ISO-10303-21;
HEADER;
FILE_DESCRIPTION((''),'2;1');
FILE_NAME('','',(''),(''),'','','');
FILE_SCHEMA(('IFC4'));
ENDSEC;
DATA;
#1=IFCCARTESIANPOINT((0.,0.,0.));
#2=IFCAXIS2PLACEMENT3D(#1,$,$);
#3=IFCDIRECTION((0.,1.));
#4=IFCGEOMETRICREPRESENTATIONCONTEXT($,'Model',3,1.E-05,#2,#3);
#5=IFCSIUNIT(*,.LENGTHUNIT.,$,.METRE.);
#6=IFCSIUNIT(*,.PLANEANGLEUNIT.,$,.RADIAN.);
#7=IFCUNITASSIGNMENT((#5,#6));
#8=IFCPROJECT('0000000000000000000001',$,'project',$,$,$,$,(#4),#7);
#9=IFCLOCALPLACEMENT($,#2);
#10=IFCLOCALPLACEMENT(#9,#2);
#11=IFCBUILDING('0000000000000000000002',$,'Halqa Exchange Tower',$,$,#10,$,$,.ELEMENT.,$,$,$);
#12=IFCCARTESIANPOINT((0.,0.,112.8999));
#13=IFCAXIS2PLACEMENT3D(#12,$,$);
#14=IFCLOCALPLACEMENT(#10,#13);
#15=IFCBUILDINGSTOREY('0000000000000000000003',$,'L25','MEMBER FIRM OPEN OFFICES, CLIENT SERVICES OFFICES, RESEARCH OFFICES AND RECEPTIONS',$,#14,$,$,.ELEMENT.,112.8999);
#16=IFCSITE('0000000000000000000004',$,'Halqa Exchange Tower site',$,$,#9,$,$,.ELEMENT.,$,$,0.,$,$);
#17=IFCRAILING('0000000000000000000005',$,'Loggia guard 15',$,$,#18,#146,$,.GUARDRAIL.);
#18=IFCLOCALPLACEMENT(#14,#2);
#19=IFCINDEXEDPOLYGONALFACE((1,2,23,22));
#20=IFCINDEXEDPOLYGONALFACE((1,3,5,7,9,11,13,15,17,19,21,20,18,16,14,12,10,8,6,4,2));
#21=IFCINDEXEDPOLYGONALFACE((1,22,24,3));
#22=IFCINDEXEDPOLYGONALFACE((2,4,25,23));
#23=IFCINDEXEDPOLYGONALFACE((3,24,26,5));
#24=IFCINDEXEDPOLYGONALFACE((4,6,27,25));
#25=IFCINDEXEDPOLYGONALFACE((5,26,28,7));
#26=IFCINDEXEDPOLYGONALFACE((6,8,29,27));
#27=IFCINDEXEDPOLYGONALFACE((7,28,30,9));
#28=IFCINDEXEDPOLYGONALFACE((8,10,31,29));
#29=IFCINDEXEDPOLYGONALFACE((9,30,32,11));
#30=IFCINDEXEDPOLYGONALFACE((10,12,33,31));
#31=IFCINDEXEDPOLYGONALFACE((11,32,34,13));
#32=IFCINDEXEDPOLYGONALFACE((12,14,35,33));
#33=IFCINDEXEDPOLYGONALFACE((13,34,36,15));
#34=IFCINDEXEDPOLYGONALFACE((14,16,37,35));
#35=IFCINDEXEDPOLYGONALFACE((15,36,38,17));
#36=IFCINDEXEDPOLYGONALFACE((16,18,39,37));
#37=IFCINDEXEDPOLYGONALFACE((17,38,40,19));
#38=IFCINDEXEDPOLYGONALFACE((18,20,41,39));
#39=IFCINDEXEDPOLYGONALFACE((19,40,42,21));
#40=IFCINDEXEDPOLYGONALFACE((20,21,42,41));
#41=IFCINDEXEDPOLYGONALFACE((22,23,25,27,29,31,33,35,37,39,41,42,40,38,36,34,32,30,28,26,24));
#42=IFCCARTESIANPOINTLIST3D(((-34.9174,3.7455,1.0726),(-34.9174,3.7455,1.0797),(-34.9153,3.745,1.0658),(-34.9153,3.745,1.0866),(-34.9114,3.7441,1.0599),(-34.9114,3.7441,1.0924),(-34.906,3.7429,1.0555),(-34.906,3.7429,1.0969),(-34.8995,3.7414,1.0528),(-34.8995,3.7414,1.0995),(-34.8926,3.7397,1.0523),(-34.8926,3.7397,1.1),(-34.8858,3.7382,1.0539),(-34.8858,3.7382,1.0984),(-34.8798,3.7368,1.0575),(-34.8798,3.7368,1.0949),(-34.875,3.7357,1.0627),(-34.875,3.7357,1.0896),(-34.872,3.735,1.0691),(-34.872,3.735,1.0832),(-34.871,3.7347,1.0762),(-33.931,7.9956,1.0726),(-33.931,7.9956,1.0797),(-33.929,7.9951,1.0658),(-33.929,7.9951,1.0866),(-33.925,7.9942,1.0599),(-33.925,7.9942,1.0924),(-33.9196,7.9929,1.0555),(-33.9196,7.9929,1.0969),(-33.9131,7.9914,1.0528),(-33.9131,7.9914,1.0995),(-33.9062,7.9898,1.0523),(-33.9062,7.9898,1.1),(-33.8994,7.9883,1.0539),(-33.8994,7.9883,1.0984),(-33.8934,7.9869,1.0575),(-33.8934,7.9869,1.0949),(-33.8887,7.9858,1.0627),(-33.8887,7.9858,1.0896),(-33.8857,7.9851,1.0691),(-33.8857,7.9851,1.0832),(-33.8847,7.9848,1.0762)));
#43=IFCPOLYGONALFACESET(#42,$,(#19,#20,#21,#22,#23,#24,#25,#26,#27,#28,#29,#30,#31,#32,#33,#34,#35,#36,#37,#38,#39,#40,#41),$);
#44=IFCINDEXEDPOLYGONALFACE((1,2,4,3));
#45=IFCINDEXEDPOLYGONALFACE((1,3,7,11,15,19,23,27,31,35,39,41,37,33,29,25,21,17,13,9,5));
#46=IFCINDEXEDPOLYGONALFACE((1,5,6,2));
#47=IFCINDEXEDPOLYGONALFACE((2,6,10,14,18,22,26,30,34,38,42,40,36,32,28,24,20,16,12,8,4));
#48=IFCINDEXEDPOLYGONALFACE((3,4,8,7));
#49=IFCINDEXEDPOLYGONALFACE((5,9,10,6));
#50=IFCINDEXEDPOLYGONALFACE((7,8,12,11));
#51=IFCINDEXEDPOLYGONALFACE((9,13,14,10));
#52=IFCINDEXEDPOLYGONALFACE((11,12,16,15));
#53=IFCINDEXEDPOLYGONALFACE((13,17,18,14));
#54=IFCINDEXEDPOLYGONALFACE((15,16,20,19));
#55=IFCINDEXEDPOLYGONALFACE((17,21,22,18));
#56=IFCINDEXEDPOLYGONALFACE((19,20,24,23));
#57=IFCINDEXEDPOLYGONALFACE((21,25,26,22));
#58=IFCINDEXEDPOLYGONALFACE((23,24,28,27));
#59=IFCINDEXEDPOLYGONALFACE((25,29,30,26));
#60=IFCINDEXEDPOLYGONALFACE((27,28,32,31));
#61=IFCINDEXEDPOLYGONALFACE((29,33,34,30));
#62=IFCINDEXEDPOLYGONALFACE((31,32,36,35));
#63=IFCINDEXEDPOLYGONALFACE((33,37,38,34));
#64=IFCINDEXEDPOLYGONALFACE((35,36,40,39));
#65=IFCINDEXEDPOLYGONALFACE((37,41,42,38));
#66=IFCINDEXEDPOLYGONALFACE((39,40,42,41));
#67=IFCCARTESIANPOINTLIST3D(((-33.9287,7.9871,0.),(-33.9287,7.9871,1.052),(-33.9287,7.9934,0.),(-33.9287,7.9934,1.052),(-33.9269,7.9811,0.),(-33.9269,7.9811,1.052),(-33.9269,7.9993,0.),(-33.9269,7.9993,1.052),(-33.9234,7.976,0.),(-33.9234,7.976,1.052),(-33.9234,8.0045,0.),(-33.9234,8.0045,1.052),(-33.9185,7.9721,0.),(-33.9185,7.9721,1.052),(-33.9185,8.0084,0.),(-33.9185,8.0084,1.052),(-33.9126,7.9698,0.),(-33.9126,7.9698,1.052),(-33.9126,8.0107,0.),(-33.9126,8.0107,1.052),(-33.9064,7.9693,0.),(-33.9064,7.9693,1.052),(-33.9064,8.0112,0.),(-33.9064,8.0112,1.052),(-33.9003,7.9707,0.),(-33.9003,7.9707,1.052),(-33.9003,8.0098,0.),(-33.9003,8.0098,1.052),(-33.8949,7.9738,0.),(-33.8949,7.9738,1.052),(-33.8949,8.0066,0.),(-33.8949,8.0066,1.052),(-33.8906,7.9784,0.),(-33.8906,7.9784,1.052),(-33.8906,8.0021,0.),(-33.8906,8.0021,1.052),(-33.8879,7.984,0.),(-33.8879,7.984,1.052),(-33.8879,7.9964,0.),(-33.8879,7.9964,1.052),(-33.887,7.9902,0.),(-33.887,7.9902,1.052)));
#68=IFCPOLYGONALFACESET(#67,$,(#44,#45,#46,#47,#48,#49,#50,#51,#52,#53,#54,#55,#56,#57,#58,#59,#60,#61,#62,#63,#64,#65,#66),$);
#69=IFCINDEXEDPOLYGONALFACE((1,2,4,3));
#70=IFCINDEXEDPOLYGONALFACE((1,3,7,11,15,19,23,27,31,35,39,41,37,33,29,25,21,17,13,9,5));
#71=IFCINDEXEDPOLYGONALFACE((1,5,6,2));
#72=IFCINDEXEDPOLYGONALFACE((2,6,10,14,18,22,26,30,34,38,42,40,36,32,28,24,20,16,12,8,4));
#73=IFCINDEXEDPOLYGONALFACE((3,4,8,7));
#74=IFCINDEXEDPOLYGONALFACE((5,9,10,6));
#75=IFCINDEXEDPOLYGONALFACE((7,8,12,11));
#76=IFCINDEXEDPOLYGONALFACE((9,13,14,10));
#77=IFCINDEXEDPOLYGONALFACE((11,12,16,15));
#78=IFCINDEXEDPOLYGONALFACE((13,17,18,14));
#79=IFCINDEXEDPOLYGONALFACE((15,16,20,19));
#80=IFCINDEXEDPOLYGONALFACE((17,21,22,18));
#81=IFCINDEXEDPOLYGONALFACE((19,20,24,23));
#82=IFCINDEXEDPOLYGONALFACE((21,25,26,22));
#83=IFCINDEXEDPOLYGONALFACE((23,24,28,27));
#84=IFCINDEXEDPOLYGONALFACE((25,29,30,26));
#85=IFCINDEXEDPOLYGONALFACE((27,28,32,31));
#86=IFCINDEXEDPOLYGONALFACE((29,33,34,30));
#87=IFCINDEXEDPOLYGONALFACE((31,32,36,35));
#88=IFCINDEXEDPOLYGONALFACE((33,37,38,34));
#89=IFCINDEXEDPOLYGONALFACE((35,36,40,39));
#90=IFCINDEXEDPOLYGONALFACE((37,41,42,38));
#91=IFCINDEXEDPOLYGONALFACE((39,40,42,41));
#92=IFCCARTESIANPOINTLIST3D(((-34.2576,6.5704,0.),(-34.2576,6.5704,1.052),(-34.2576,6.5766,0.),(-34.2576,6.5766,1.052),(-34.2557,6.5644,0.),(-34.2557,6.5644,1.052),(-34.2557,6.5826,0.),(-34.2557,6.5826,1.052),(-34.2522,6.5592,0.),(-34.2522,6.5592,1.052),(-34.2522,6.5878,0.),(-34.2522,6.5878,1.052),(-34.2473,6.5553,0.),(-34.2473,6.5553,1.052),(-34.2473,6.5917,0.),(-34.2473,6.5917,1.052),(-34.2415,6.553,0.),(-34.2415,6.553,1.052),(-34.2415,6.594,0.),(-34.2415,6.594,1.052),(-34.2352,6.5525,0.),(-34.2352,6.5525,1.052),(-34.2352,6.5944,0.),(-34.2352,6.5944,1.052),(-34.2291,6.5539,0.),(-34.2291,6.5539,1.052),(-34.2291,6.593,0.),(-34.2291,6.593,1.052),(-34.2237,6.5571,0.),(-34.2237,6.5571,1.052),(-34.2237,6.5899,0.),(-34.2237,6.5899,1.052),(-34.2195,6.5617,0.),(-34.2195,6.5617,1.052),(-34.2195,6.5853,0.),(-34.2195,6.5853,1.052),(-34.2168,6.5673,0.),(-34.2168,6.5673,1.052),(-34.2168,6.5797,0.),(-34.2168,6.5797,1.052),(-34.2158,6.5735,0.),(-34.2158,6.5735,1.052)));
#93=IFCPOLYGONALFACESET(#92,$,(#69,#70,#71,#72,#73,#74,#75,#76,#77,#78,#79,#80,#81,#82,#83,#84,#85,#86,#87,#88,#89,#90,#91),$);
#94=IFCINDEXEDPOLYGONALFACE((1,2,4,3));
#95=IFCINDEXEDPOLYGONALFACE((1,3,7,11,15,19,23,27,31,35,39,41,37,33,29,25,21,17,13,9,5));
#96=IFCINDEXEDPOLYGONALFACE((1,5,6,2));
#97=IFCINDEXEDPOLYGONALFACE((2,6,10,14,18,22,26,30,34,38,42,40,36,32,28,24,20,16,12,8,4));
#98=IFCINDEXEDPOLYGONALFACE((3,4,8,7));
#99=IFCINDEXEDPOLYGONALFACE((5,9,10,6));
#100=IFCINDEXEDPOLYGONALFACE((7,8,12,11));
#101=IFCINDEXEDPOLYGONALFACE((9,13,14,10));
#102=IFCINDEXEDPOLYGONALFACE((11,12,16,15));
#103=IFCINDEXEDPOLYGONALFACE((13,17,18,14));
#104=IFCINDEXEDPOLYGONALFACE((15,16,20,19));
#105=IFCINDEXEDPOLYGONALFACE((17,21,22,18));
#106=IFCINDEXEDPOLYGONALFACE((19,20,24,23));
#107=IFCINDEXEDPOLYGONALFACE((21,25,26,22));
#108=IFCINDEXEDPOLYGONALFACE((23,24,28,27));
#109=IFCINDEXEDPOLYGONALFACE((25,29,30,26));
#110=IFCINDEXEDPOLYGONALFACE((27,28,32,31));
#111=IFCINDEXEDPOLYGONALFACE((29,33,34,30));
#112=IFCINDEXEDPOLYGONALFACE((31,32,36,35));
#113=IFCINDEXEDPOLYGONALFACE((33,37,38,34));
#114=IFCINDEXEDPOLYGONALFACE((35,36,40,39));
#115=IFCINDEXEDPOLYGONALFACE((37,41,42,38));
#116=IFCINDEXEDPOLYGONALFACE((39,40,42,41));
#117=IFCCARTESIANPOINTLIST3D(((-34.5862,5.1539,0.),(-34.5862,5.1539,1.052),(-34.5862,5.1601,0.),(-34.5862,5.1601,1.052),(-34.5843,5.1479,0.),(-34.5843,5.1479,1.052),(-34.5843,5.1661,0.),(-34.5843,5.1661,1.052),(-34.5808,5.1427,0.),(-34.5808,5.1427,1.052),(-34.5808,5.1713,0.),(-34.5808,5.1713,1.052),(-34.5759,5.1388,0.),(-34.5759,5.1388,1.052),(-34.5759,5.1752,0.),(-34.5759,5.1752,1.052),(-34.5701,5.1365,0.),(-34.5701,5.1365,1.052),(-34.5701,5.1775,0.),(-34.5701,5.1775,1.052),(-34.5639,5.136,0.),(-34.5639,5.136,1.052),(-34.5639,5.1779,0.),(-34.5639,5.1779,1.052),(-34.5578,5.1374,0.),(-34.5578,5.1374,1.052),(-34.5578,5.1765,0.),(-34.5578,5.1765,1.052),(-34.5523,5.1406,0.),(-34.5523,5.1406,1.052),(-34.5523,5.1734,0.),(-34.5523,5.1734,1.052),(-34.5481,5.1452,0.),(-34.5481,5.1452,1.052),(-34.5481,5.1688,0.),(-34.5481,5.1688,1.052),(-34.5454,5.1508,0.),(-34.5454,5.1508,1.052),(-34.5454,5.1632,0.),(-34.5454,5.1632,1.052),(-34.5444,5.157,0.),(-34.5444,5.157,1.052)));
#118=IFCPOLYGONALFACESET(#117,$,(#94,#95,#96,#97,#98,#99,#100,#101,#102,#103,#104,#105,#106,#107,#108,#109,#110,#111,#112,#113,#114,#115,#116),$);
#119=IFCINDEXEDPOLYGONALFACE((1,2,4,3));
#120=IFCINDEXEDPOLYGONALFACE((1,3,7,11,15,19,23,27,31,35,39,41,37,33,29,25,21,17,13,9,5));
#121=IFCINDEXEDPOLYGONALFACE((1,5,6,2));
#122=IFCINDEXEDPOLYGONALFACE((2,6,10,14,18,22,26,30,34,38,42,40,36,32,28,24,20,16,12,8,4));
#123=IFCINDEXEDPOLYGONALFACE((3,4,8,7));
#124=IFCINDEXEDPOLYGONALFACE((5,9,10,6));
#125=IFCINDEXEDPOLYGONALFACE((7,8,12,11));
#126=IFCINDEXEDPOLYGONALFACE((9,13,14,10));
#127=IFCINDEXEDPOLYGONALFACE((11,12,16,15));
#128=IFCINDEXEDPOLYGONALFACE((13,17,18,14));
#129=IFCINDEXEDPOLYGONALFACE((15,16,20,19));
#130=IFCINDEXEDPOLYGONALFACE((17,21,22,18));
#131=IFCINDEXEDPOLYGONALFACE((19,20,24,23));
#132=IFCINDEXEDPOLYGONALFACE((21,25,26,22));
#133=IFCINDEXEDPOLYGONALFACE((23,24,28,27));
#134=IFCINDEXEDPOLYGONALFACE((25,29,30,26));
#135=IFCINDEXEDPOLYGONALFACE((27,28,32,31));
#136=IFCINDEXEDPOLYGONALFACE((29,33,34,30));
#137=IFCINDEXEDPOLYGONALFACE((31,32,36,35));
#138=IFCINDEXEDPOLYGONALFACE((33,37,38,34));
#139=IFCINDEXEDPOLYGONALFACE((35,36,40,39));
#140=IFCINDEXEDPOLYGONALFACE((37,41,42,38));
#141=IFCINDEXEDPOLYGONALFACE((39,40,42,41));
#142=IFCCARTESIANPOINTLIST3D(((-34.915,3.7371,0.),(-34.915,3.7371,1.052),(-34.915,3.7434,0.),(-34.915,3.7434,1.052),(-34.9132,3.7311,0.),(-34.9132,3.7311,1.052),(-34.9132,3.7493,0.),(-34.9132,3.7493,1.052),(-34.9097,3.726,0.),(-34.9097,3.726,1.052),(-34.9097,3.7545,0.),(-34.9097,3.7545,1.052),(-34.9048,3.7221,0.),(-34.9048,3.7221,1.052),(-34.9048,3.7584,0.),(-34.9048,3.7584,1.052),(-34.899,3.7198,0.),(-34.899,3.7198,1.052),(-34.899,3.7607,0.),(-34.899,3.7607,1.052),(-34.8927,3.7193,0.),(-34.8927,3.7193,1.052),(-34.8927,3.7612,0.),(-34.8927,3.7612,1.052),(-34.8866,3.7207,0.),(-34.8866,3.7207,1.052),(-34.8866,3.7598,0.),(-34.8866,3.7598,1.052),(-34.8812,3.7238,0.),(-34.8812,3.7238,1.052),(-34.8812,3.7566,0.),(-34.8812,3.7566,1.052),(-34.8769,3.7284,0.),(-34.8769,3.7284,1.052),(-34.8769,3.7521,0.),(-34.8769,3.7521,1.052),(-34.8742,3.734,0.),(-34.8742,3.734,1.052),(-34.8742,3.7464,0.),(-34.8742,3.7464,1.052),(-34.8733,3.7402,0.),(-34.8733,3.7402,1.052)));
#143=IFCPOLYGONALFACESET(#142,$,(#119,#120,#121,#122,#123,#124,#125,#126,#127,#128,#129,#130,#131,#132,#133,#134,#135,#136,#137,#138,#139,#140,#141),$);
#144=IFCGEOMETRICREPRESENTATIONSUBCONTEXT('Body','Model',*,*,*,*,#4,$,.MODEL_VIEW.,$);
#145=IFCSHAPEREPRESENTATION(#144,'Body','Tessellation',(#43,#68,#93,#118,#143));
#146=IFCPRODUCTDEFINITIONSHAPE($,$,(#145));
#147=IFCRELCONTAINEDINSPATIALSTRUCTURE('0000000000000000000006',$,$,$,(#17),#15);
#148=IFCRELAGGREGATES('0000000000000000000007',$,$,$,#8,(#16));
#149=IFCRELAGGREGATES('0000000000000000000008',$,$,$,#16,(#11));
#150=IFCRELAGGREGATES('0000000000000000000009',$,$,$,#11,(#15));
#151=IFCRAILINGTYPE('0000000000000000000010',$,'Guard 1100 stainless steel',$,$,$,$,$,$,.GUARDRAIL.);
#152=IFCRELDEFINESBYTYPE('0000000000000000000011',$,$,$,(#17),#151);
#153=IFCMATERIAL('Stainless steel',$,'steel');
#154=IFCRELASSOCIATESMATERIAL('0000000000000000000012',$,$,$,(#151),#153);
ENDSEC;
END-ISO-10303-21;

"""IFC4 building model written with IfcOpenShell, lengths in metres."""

from ifc_helpers import new_model, si_unit, direction, frame, origin, origin_2d, place, context, subcontext, project, spatial, circle, extrude, material, type_object, element, save


model = new_model("IFC4")

# Units and contexts
model_context = context("Model", 3, precision=1e-05, world=origin(), true_north=direction((0.0, 1.0)))
body_context = subcontext(model_context, "Body", "Model", "MODEL_VIEW")
ifc_project = project(units=[si_unit("LENGTHUNIT", "METRE"), si_unit("PLANEANGLEUNIT", "RADIAN")], contexts=[model_context])

# Site, building, storey
site_placement = place(None, origin())
site = spatial("IfcSite", under=ifc_project, at=site_placement, Name="Halqa Exchange Tower site", CompositionType="ELEMENT", RefElevation=0.0)
building_placement = place(site_placement, origin())
building = spatial("IfcBuilding", under=site, at=building_placement, Name="Halqa Exchange Tower", CompositionType="ELEMENT")
storey_placement = place(building_placement, frame((0.0, 0.0, 112.8999)))
storey = spatial("IfcBuildingStorey", under=building, at=storey_placement, Name="L25", Description="MEMBER FIRM OPEN OFFICES, CLIENT SERVICES OFFICES, RESEARCH OFFICES AND RECEPTIONS", CompositionType="ELEMENT", Elevation=112.8999)

# Railing
ifc_material_1 = material(Name="Stainless steel", Category="steel")
railing_type = type_object("IfcRailingType", Name="Guard 1100 stainless steel", PredefinedType="GUARDRAIL", material=ifc_material_1)
railing_1_placement = place(storey_placement, frame((-33.908, 7.9902, 0.0)))
element("IfcRailing", 1, at=railing_1_placement, inside=storey, type_object=railing_type, Name="Loggia guard 15", PredefinedType="GUARDRAIL", context=body_context, shape_type="SweptSolid", body=[
    extrude(circle(Radius=0.0239, at=origin_2d()), frame((0.0, 0.0, 1.0762), z_axis=(-0.226069, -0.974111, 0.0), x_axis=(0.974111, -0.226069, 0.0)), (0.0, 0.0, 1.0), 4.363),
    extrude(circle(Radius=0.021, at=origin_2d()), origin(), (0.0, 0.0, 1.0), 1.052),
    extrude(circle(Radius=0.021, at=origin_2d()), frame((-0.3289, -1.4167, 0.0)), (0.0, 0.0, 1.0), 1.052),
    extrude(circle(Radius=0.021, at=origin_2d()), frame((-0.6575, -2.8333, 0.0)), (0.0, 0.0, 1.0), 1.052),
    extrude(circle(Radius=0.021, at=origin_2d()), frame((-0.9863, -4.25, 0.0)), (0.0, 0.0, 1.0), 1.052),
])

save(model, "model.ifc")
